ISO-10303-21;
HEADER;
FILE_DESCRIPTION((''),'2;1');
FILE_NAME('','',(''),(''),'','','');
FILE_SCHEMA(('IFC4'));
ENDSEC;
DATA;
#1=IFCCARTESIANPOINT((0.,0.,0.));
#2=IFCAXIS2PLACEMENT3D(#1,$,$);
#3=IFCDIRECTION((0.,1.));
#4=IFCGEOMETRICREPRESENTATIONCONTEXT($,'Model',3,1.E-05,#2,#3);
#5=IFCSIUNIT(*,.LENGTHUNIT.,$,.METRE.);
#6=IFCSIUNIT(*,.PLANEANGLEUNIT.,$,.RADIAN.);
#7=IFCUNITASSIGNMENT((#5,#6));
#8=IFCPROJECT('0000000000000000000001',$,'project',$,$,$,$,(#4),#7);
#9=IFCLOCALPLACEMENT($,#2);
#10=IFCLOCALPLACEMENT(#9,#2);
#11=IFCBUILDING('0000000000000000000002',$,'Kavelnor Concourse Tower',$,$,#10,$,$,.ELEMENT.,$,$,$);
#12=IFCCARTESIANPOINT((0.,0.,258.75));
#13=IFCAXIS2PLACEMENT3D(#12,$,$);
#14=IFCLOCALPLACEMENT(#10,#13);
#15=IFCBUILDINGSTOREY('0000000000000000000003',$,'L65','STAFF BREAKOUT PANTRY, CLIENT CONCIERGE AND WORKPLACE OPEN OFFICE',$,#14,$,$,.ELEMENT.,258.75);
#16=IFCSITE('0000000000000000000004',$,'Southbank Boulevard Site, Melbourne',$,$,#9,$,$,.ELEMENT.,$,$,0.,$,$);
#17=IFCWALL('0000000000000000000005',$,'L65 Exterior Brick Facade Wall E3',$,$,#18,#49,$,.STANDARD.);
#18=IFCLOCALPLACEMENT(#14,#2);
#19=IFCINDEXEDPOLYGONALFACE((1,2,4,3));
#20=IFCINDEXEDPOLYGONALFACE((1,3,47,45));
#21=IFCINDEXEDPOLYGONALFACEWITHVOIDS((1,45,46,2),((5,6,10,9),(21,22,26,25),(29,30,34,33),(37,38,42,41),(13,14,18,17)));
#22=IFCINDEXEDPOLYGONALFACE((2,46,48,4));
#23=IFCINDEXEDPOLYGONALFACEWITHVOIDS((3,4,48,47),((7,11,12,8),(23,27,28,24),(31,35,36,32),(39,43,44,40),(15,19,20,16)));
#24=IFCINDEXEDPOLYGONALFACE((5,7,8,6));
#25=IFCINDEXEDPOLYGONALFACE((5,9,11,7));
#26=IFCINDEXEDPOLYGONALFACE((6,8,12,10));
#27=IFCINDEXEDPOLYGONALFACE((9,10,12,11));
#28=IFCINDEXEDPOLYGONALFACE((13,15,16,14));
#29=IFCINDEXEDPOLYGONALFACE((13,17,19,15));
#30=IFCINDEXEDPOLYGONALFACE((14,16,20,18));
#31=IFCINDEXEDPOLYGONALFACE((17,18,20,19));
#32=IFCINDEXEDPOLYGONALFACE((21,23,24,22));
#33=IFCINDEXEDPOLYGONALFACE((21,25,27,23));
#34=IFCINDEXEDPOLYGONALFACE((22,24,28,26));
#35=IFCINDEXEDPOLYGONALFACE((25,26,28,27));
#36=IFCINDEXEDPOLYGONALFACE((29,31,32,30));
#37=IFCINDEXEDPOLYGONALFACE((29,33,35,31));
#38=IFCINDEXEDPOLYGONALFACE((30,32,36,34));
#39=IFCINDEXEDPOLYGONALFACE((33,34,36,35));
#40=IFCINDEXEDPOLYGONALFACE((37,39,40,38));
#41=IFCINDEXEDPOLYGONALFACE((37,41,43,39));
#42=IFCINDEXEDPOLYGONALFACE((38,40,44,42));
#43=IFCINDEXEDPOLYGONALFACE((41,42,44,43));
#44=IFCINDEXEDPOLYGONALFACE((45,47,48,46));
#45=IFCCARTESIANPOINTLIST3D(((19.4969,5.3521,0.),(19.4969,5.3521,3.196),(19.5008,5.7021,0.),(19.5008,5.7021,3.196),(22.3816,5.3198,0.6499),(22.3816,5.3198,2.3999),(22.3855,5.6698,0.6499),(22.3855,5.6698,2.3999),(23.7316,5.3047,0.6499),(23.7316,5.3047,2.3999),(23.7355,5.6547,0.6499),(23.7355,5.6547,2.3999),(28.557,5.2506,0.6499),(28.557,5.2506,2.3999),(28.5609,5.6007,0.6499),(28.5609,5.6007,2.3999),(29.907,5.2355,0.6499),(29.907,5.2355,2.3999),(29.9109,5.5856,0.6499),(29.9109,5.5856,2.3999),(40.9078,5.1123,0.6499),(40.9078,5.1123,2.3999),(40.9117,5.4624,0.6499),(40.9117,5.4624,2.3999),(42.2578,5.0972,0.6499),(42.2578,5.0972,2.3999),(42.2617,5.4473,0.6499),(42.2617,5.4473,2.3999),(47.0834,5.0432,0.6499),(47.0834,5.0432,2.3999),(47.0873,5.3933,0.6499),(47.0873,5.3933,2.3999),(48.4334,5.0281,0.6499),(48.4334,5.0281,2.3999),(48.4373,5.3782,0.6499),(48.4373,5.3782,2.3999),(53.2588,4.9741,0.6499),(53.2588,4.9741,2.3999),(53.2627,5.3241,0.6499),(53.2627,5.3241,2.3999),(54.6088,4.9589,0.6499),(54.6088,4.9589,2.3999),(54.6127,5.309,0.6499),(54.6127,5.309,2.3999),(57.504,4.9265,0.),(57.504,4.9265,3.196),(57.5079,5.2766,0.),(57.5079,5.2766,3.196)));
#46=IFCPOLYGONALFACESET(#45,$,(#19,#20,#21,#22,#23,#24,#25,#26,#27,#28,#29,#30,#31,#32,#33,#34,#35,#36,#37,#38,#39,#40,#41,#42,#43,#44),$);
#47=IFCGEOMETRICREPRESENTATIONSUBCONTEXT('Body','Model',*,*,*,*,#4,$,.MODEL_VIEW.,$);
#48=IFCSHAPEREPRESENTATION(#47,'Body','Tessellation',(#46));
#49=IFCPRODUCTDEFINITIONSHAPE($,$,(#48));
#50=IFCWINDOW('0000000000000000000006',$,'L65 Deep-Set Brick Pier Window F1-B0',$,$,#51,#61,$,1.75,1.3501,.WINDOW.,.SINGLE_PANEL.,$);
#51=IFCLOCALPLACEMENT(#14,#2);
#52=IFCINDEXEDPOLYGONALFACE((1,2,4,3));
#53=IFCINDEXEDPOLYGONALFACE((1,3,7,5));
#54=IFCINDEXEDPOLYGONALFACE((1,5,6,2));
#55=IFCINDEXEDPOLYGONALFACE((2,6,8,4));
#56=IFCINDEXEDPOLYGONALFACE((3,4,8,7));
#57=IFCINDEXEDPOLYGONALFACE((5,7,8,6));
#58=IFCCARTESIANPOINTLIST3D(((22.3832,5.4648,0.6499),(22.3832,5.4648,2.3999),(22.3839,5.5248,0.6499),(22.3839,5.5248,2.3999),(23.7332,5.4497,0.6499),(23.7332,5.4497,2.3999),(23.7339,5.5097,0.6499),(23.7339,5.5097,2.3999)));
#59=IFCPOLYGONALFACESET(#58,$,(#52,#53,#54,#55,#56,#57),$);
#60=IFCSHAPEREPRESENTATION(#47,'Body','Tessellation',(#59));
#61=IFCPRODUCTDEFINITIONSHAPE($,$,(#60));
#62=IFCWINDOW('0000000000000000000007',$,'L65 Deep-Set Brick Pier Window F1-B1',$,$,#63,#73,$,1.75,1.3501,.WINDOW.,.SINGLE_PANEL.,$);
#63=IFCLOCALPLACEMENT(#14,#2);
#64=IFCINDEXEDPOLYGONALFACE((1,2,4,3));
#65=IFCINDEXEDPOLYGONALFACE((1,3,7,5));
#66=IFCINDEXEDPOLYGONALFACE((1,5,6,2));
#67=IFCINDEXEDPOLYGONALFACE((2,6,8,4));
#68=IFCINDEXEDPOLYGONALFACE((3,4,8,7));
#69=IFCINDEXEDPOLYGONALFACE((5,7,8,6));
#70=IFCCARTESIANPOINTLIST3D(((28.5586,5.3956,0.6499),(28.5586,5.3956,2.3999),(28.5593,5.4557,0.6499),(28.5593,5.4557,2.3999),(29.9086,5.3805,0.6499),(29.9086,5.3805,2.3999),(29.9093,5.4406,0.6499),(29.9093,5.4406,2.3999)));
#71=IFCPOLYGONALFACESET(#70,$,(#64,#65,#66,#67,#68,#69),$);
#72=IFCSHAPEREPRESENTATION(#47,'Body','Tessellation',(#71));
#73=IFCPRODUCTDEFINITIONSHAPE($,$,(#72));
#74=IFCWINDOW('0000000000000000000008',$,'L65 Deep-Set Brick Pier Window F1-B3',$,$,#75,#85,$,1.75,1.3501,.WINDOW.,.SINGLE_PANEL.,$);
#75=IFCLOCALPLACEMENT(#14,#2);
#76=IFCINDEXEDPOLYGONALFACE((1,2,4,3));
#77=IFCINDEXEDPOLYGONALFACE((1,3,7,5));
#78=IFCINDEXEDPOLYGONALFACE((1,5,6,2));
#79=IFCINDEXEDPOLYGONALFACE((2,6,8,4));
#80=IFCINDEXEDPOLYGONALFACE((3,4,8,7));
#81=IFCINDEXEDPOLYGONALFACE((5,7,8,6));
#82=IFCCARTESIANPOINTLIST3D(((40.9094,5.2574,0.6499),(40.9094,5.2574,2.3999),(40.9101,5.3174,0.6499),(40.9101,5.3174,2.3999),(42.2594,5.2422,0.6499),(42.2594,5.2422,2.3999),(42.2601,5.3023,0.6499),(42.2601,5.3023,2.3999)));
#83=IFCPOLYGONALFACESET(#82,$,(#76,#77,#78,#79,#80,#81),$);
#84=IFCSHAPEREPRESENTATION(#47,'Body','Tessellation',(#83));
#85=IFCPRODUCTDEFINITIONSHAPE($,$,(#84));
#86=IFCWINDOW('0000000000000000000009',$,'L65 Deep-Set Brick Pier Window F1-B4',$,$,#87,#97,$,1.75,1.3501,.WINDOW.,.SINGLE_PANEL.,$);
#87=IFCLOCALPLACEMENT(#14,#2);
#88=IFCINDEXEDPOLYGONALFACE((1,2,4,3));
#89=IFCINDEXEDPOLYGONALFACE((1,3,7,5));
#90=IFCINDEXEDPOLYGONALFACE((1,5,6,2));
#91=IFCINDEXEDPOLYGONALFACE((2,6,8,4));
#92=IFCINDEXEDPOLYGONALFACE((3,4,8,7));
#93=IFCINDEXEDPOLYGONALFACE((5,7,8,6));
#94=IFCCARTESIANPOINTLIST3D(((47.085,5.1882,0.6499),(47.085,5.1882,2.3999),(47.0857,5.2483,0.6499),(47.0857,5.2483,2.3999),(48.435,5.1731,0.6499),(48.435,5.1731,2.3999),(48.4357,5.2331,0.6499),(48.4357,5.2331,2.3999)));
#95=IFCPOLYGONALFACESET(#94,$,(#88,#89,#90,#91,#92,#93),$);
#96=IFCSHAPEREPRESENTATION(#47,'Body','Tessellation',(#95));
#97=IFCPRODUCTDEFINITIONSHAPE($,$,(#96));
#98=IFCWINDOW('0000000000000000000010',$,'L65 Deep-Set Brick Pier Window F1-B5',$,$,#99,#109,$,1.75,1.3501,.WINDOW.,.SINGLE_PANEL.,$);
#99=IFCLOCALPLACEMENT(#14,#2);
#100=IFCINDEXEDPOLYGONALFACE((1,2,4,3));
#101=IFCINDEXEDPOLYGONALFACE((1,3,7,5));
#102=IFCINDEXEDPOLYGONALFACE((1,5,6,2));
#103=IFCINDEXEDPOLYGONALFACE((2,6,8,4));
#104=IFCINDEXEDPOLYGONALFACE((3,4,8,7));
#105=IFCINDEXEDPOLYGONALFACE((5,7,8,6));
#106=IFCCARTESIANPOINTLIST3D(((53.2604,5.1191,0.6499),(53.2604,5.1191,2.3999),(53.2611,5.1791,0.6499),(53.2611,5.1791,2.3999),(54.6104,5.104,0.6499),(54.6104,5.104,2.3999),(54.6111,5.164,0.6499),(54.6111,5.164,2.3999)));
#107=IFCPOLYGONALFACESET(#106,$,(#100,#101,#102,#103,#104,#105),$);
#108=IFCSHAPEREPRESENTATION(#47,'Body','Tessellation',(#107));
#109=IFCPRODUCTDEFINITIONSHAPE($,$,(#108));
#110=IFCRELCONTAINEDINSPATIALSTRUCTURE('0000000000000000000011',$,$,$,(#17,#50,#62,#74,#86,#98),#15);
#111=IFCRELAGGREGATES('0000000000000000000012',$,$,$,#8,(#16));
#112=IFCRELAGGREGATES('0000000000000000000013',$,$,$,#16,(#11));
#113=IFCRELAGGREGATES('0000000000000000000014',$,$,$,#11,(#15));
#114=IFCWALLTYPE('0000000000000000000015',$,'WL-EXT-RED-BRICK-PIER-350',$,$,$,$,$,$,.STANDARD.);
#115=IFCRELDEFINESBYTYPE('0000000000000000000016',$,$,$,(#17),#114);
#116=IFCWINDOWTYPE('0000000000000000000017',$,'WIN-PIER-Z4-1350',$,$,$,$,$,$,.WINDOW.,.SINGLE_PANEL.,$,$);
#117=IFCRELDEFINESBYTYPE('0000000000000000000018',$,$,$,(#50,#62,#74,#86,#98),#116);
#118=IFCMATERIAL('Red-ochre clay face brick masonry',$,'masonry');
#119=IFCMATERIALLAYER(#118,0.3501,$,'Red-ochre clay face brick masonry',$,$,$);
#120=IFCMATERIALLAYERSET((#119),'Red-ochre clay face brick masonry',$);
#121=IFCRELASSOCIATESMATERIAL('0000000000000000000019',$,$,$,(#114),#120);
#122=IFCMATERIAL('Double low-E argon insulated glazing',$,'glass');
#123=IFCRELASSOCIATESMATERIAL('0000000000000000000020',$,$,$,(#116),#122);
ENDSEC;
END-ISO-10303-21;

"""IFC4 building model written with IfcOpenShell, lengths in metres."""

from ifc_helpers import new_model, si_unit, direction, frame, frame_2d, origin, place, context, subcontext, project, spatial, rectangle, extrude, material, layer, layer_set, type_object, element, fill, save


model = new_model("IFC4")

# Units and contexts
model_context = context("Model", 3, precision=1e-05, world=origin(), true_north=direction((0.0, 1.0)))
body_context = subcontext(model_context, "Body", "Model", "MODEL_VIEW")
ifc_project = project(units=[si_unit("LENGTHUNIT", "METRE"), si_unit("PLANEANGLEUNIT", "RADIAN")], contexts=[model_context])

# Site, building, storey
site_placement = place(None, origin())
site = spatial("IfcSite", under=ifc_project, at=site_placement, Name="Southbank Boulevard Site, Melbourne", CompositionType="ELEMENT", RefElevation=0.0)
building_placement = place(site_placement, origin())
building = spatial("IfcBuilding", under=site, at=building_placement, Name="Kavelnor Concourse Tower", CompositionType="ELEMENT")
storey_placement = place(building_placement, frame((0.0, 0.0, 258.75)))
storey = spatial("IfcBuildingStorey", under=building, at=storey_placement, Name="L65", Description="STAFF BREAKOUT PANTRY, CLIENT CONCIERGE AND WORKPLACE OPEN OFFICE", CompositionType="ELEMENT", Elevation=258.75)

# Shared definitions
ifc_material_1 = material(Name="Double low-E argon insulated glazing", Category="glass")

# Wall, openings, windows
ifc_material_2 = material(Name="Red-ochre clay face brick masonry", Category="masonry")
ifc_layer_1 = layer(ifc_material_2, 0.3501, Name="Red-ochre clay face brick masonry")
ifc_layer_set_1 = layer_set([ifc_layer_1], Name="Red-ochre clay face brick masonry")
wall_type_1 = type_object("IfcWallType", Name="WL-EXT-RED-BRICK-PIER-350", PredefinedType="STANDARD", material=ifc_layer_set_1)
wall_1_placement = place(storey_placement, frame((57.5061, 5.1016, 0.0), z_axis=(0.0, 0.0, 1.0), x_axis=(-0.999937, 0.011196, 0.0)))
wall_1 = element("IfcWall", 1, at=wall_1_placement, inside=storey, type_object=wall_type_1, Name="L65 Exterior Brick Facade Wall E3", PredefinedType="STANDARD", context=body_context, shape_type="SweptSolid", body=[
    extrude(rectangle(XDim=38.0095, YDim=0.3501, at=frame_2d((19.0049, 0.0))), origin(), (0.0, 0.0, 1.0), 3.196),
])
opening_1_placement = place(wall_1_placement, frame((33.7747, 0.0, 0.6499)))
opening_1 = element("IfcOpeningElement", 2, at=opening_1_placement, cuts=wall_1, PredefinedType="OPENING", context=body_context, shape_type="SweptSolid", body=[
    extrude(rectangle(XDim=1.3501, YDim=1.75, at=frame_2d((0.675, 0.875))), frame((0.0, 0.1851, 0.0), z_axis=(0.0, -1.0, 0.0), x_axis=(1.0, 0.0, 0.0)), (0.0, 0.0, 1.0), 0.3701),
])
opening_2_placement = place(wall_1_placement, frame((27.5989, 0.0, 0.6499)))
opening_2 = element("IfcOpeningElement", 3, at=opening_2_placement, cuts=wall_1, PredefinedType="OPENING", context=body_context, shape_type="SweptSolid", body=[
    extrude(rectangle(XDim=1.3501, YDim=1.75, at=frame_2d((0.675, 0.875))), frame((0.0, 0.1851, 0.0), z_axis=(0.0, -1.0, 0.0), x_axis=(1.0, 0.0, 0.0)), (0.0, 0.0, 1.0), 0.3701),
])
opening_3_placement = place(wall_1_placement, frame((15.2473, 0.0, 0.6499)))
opening_3 = element("IfcOpeningElement", 4, at=opening_3_placement, cuts=wall_1, PredefinedType="OPENING", context=body_context, shape_type="SweptSolid", body=[
    extrude(rectangle(XDim=1.3501, YDim=1.75, at=frame_2d((0.675, 0.875))), frame((0.0, 0.1851, 0.0), z_axis=(0.0, -1.0, 0.0), x_axis=(1.0, 0.0, 0.0)), (0.0, 0.0, 1.0), 0.3701),
])
opening_4_placement = place(wall_1_placement, frame((9.0713, 0.0, 0.6499)))
opening_4 = element("IfcOpeningElement", 5, at=opening_4_placement, cuts=wall_1, PredefinedType="OPENING", context=body_context, shape_type="SweptSolid", body=[
    extrude(rectangle(XDim=1.3501, YDim=1.75, at=frame_2d((0.675, 0.875))), frame((0.0, 0.1851, 0.0), z_axis=(0.0, -1.0, 0.0), x_axis=(1.0, 0.0, 0.0)), (0.0, 0.0, 1.0), 0.3701),
])
opening_5_placement = place(wall_1_placement, frame((2.8955, 0.0, 0.6499)))
opening_5 = element("IfcOpeningElement", 6, at=opening_5_placement, cuts=wall_1, PredefinedType="OPENING", context=body_context, shape_type="SweptSolid", body=[
    extrude(rectangle(XDim=1.3501, YDim=1.75, at=frame_2d((0.675, 0.875))), frame((0.0, 0.1851, 0.0), z_axis=(0.0, -1.0, 0.0), x_axis=(1.0, 0.0, 0.0)), (0.0, 0.0, 1.0), 0.3701),
])
window_type_1 = type_object("IfcWindowType", Name="WIN-PIER-Z4-1350", PartitioningType="SINGLE_PANEL", PredefinedType="WINDOW", material=ifc_material_1)
window_1_placement = place(opening_1_placement, origin())
window_1 = element("IfcWindow", 7, at=window_1_placement, inside=storey, type_object=window_type_1, Name="L65 Deep-Set Brick Pier Window F1-B0", OverallHeight=1.75, OverallWidth=1.3501, PartitioningType="SINGLE_PANEL", PredefinedType="WINDOW", context=body_context, shape_type="SweptSolid", body=[
    extrude(rectangle(XDim=1.3501, YDim=1.75, at=frame_2d((0.675, 0.875))), frame((0.0, 0.03, 0.0), z_axis=(0.0, -1.0, 0.0), x_axis=(1.0, 0.0, 0.0)), (0.0, 0.0, 1.0), 0.0601),
])
fill(opening_1, window_1)
window_2_placement = place(opening_2_placement, origin())
window_2 = element("IfcWindow", 8, at=window_2_placement, inside=storey, type_object=window_type_1, Name="L65 Deep-Set Brick Pier Window F1-B1", OverallHeight=1.75, OverallWidth=1.3501, PartitioningType="SINGLE_PANEL", PredefinedType="WINDOW", context=body_context, shape_type="SweptSolid", body=[
    extrude(rectangle(XDim=1.3501, YDim=1.75, at=frame_2d((0.675, 0.875))), frame((0.0, 0.03, 0.0), z_axis=(0.0, -1.0, 0.0), x_axis=(1.0, 0.0, 0.0)), (0.0, 0.0, 1.0), 0.0601),
])
fill(opening_2, window_2)
window_3_placement = place(opening_3_placement, origin())
window_3 = element("IfcWindow", 9, at=window_3_placement, inside=storey, type_object=window_type_1, Name="L65 Deep-Set Brick Pier Window F1-B3", OverallHeight=1.75, OverallWidth=1.3501, PartitioningType="SINGLE_PANEL", PredefinedType="WINDOW", context=body_context, shape_type="SweptSolid", body=[
    extrude(rectangle(XDim=1.3501, YDim=1.75, at=frame_2d((0.675, 0.875))), frame((0.0, 0.03, 0.0), z_axis=(0.0, -1.0, 0.0), x_axis=(1.0, 0.0, 0.0)), (0.0, 0.0, 1.0), 0.0601),
])
fill(opening_3, window_3)
window_4_placement = place(opening_4_placement, origin())
window_4 = element("IfcWindow", 10, at=window_4_placement, inside=storey, type_object=window_type_1, Name="L65 Deep-Set Brick Pier Window F1-B4", OverallHeight=1.75, OverallWidth=1.3501, PartitioningType="SINGLE_PANEL", PredefinedType="WINDOW", context=body_context, shape_type="SweptSolid", body=[
    extrude(rectangle(XDim=1.3501, YDim=1.75, at=frame_2d((0.675, 0.875))), frame((0.0, 0.03, 0.0), z_axis=(0.0, -1.0, 0.0), x_axis=(1.0, 0.0, 0.0)), (0.0, 0.0, 1.0), 0.0601),
])
fill(opening_4, window_4)
window_5_placement = place(opening_5_placement, origin())
window_5 = element("IfcWindow", 11, at=window_5_placement, inside=storey, type_object=window_type_1, Name="L65 Deep-Set Brick Pier Window F1-B5", OverallHeight=1.75, OverallWidth=1.3501, PartitioningType="SINGLE_PANEL", PredefinedType="WINDOW", context=body_context, shape_type="SweptSolid", body=[
    extrude(rectangle(XDim=1.3501, YDim=1.75, at=frame_2d((0.675, 0.875))), frame((0.0, 0.03, 0.0), z_axis=(0.0, -1.0, 0.0), x_axis=(1.0, 0.0, 0.0)), (0.0, 0.0, 1.0), 0.0601),
])
fill(opening_5, window_5)

save(model, "model.ifc")
